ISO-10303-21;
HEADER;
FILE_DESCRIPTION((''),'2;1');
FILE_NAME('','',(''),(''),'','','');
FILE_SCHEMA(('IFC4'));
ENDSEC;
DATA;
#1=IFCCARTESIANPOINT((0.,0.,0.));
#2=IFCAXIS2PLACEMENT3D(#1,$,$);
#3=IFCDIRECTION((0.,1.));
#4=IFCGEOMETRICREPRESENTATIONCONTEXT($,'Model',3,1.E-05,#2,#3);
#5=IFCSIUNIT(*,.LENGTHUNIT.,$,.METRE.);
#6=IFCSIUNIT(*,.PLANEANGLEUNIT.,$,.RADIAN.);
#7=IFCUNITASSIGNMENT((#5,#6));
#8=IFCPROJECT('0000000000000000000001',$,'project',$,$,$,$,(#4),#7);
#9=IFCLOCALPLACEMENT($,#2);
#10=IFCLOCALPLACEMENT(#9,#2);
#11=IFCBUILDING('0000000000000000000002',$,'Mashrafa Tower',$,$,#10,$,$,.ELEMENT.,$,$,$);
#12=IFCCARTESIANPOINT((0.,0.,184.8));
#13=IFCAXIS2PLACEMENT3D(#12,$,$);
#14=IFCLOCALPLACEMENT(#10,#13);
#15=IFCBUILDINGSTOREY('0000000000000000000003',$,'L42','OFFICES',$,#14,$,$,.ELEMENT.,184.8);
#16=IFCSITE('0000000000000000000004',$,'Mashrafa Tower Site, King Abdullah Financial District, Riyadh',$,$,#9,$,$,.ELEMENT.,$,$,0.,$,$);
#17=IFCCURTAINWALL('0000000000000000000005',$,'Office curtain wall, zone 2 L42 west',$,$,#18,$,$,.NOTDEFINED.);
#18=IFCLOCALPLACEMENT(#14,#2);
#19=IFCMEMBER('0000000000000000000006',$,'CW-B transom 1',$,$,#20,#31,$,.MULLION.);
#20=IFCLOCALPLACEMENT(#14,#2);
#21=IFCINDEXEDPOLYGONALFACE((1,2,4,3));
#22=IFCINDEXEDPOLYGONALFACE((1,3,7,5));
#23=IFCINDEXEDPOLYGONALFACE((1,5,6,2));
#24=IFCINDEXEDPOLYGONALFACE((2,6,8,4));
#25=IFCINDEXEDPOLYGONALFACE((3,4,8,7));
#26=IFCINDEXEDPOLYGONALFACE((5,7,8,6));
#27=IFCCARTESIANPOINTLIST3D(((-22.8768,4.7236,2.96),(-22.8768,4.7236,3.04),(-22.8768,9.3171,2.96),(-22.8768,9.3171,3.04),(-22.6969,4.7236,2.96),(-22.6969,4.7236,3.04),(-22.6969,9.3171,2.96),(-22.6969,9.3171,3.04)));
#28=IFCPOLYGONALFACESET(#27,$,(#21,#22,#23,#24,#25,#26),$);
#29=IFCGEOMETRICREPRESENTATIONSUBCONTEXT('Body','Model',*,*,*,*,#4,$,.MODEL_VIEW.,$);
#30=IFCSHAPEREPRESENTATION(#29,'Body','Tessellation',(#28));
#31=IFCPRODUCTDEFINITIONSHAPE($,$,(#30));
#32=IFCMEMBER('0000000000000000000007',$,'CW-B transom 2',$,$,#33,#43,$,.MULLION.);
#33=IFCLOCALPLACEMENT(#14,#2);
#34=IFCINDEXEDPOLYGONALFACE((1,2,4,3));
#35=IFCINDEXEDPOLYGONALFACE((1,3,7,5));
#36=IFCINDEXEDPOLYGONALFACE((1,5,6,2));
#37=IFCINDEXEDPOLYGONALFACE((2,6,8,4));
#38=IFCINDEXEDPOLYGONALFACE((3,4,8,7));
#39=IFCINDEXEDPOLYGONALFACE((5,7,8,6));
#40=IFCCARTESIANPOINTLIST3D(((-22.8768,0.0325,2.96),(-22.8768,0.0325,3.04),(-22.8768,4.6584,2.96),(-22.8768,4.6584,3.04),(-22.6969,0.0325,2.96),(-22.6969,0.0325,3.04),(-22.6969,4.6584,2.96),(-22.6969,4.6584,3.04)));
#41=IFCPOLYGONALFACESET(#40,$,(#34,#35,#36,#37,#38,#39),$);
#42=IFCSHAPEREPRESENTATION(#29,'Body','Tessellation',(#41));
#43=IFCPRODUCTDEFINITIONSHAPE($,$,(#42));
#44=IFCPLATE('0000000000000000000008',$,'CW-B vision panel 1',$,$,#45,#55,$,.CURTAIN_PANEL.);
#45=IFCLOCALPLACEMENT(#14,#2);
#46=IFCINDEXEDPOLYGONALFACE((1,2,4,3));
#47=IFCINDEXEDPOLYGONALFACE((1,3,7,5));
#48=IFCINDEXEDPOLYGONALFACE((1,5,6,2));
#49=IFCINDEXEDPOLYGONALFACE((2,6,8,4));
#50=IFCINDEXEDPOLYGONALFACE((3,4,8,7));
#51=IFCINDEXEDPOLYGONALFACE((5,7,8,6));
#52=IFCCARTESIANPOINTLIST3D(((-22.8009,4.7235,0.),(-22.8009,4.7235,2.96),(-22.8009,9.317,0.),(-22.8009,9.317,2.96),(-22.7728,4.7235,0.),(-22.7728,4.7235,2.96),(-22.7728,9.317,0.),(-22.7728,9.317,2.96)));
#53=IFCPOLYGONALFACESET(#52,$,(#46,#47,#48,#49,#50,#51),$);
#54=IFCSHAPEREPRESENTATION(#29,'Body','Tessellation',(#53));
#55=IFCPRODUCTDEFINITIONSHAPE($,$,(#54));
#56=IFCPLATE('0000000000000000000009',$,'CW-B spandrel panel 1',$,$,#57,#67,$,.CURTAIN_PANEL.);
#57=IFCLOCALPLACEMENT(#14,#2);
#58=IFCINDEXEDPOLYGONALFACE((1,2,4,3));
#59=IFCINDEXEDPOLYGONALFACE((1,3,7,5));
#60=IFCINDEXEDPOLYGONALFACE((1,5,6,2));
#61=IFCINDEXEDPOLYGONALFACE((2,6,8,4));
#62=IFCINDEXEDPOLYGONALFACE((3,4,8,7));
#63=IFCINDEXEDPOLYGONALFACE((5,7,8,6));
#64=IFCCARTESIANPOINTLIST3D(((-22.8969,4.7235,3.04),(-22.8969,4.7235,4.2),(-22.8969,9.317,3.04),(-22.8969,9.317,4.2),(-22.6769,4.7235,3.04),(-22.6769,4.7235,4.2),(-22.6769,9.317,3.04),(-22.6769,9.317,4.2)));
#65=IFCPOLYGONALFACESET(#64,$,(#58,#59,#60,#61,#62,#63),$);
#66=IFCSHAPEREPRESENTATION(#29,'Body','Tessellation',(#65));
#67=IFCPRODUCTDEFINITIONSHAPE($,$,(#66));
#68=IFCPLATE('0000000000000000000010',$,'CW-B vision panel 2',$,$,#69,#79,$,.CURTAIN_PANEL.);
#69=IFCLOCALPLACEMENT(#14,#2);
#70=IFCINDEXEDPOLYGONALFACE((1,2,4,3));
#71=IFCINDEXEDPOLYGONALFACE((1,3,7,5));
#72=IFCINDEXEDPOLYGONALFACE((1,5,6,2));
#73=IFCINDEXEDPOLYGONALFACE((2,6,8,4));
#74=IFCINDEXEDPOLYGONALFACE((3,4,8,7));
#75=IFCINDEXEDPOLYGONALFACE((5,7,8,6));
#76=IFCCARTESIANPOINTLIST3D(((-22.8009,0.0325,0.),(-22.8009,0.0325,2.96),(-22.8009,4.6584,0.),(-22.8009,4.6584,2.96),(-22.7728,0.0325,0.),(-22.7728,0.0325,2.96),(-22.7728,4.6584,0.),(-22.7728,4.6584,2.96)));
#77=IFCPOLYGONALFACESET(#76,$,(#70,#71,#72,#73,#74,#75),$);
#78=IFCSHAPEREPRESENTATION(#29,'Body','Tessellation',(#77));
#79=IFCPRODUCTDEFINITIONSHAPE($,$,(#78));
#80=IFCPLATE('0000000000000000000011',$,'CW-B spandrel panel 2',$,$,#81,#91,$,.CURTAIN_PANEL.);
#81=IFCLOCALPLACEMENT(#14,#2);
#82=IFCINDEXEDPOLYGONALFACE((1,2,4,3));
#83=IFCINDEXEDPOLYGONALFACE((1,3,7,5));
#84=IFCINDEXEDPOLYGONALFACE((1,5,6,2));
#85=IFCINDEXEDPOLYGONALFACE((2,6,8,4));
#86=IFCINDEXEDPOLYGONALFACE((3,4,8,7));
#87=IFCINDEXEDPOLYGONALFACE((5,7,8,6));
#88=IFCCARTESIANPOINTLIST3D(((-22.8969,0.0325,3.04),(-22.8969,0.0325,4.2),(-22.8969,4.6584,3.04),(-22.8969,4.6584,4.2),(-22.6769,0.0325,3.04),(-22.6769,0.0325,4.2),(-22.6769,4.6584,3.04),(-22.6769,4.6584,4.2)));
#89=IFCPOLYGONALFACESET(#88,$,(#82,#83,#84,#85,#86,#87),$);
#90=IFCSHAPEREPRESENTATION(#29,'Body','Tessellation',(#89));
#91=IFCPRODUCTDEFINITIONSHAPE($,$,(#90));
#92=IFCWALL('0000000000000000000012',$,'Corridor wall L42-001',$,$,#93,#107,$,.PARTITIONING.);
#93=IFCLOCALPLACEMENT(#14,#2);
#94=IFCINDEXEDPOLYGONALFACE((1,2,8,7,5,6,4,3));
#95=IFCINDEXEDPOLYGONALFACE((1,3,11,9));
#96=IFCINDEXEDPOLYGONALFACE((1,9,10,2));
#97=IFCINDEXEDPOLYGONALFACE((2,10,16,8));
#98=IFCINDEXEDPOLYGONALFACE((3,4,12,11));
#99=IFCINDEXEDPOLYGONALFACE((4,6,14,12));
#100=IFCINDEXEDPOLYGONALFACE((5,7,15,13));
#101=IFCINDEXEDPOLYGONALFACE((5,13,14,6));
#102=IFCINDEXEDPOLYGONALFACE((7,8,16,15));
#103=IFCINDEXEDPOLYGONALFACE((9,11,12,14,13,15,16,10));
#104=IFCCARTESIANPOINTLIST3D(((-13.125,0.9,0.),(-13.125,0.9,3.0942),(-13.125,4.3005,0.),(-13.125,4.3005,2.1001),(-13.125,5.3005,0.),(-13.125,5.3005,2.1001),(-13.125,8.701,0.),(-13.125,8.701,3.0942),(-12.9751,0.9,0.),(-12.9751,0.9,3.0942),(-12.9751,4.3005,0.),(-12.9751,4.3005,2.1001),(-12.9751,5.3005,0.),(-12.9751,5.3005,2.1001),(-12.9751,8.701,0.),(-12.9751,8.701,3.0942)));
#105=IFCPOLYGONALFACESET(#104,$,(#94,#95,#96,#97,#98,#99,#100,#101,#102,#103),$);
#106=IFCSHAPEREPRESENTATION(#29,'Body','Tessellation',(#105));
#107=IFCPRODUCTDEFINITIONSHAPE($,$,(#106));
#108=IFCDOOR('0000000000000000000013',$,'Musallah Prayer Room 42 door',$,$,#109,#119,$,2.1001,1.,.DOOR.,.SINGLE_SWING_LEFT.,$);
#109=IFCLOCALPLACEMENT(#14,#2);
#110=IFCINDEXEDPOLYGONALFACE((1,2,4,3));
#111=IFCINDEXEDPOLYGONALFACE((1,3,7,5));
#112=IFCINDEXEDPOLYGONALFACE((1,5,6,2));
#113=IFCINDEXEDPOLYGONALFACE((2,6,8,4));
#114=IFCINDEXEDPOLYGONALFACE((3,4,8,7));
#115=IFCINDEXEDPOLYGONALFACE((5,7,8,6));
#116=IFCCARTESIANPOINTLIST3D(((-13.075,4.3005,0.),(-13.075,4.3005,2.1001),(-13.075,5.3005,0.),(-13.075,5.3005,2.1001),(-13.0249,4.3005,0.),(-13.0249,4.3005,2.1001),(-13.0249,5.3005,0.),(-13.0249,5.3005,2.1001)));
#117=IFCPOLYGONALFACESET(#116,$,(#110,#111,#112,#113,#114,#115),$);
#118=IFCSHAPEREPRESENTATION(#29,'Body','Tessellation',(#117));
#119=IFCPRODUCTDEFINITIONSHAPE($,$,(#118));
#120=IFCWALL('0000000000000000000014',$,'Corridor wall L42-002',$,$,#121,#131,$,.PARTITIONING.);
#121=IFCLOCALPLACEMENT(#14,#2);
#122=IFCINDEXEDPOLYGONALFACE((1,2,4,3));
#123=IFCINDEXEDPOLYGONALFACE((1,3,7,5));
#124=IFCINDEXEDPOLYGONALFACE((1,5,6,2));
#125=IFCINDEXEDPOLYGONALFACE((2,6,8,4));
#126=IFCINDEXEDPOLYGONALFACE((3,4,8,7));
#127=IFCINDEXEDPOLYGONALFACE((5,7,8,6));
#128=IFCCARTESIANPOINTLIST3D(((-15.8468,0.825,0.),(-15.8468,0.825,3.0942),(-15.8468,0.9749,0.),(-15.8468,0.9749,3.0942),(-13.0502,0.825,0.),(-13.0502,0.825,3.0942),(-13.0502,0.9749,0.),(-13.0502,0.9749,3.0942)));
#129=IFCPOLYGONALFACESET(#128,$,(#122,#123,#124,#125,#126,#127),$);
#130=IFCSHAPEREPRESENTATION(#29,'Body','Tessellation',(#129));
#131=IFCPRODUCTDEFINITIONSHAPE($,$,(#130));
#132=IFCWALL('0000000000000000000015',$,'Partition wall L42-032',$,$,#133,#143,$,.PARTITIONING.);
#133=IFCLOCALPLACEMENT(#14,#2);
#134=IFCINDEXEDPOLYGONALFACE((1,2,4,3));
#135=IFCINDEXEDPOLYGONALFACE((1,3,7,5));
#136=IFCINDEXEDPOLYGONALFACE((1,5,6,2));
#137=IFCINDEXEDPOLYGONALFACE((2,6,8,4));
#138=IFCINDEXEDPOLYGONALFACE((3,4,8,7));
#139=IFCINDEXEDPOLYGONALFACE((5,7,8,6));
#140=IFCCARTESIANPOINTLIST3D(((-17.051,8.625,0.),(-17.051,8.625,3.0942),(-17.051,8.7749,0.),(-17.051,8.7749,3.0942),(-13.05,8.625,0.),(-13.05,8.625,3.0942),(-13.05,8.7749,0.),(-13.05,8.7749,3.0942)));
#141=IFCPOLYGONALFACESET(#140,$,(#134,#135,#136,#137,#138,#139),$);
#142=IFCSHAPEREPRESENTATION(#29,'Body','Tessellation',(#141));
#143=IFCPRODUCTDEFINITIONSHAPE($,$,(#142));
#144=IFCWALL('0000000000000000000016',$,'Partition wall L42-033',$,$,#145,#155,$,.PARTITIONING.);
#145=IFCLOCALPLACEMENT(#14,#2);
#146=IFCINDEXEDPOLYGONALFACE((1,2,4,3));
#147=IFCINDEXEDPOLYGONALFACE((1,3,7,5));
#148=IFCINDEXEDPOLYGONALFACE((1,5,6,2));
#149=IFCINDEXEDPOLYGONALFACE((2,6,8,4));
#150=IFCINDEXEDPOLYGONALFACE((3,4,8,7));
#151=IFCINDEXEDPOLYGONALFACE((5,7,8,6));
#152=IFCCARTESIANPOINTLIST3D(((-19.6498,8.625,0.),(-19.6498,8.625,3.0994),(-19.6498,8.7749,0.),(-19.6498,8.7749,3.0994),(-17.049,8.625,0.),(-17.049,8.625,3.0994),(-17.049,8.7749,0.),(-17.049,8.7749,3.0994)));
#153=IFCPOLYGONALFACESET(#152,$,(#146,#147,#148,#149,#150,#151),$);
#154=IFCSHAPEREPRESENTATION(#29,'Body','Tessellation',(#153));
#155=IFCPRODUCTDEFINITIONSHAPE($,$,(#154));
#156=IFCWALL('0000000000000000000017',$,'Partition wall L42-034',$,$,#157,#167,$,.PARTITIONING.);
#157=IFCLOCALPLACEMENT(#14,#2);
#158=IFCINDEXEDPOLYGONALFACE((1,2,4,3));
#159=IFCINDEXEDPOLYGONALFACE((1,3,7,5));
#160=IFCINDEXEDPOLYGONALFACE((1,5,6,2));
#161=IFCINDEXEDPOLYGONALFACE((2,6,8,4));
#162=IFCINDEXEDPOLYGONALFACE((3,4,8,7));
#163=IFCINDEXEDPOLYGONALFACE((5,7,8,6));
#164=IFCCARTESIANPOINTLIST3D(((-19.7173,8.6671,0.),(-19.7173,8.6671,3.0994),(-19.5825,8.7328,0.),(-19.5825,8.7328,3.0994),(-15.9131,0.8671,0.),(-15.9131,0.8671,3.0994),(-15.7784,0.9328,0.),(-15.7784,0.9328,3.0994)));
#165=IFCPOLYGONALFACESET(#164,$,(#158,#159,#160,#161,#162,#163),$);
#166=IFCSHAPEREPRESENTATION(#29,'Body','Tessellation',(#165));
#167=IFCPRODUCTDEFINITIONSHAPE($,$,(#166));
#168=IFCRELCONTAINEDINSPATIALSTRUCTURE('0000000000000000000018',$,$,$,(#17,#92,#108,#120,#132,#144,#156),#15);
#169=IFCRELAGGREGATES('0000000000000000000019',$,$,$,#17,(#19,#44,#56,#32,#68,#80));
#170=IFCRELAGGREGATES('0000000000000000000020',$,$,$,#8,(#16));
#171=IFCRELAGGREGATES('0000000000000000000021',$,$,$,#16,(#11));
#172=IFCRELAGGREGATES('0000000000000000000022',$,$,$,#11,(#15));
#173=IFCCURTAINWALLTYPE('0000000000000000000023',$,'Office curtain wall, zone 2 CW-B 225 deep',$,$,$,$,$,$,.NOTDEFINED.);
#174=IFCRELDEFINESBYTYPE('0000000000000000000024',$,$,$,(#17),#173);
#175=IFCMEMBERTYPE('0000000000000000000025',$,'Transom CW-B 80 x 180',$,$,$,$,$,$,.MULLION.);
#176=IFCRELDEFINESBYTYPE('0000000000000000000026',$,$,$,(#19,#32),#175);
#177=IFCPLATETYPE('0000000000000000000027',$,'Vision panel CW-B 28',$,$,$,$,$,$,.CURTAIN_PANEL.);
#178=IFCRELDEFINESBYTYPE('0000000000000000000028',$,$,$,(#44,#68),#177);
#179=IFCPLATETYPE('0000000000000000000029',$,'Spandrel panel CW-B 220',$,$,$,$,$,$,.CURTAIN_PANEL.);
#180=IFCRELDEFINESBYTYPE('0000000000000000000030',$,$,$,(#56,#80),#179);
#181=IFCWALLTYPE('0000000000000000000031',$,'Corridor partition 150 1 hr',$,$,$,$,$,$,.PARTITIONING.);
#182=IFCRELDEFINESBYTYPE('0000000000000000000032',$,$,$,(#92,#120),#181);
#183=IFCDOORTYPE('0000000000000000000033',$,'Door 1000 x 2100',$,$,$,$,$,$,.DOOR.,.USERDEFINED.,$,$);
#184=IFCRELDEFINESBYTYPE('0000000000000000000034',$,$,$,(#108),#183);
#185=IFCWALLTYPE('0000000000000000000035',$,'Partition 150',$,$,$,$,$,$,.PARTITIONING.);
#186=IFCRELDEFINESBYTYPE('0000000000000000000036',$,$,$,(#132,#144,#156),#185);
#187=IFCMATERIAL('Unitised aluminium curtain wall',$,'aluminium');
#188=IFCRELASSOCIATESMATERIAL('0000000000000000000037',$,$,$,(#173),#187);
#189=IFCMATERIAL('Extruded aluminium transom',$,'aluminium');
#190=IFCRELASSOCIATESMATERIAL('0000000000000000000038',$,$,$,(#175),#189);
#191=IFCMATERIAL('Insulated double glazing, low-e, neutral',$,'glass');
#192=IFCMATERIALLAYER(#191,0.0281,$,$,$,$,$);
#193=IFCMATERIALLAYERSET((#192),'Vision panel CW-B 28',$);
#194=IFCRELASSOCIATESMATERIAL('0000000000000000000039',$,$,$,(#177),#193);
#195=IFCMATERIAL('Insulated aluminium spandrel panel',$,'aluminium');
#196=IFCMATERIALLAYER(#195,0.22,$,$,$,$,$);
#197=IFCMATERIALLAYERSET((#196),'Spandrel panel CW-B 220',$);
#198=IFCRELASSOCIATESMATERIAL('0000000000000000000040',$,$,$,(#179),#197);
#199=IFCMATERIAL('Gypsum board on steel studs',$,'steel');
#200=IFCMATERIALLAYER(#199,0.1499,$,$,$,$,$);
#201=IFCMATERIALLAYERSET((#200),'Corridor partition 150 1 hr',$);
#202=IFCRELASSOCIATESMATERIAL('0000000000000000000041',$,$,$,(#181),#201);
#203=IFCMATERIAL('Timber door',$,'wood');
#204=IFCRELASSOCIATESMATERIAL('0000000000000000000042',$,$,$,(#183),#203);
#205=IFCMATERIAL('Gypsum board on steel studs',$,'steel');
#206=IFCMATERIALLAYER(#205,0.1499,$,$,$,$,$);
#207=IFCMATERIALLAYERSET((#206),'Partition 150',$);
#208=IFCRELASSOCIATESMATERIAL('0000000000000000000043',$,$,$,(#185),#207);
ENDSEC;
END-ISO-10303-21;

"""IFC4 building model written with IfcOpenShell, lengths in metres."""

from ifc_helpers import new_model, si_unit, direction, frame, frame_2d, origin, origin_2d, place, context, subcontext, project, spatial, rectangle, extrude, source, transform, mapped, material, layer, layer_set, material_profile, profile_set, type_object, type_shapes, element, fill, aggregate, save


model = new_model("IFC4")

# Units and contexts
model_context = context("Model", 3, precision=1e-05, world=origin(), true_north=direction((0.0, 1.0)))
body_context = subcontext(model_context, "Body", "Model", "MODEL_VIEW")
ifc_project = project(units=[si_unit("LENGTHUNIT", "METRE"), si_unit("PLANEANGLEUNIT", "RADIAN")], contexts=[model_context])

# Site, building, storey
site_placement = place(None, origin())
site = spatial("IfcSite", under=ifc_project, at=site_placement, Name="Mashrafa Tower Site, King Abdullah Financial District, Riyadh", CompositionType="ELEMENT", RefElevation=0.0)
building_placement = place(site_placement, origin())
building = spatial("IfcBuilding", under=site, at=building_placement, Name="Mashrafa Tower", CompositionType="ELEMENT")
storey_placement = place(building_placement, frame((0.0, 0.0, 184.8)))
storey = spatial("IfcBuildingStorey", under=building, at=storey_placement, Name="L42", Description="OFFICES", CompositionType="ELEMENT", Elevation=184.8)

# Shared definitions
ifc_material_1 = material(Name="Unitised aluminium curtain wall", Category="aluminium")
curtain_wall_type = type_object("IfcCurtainWallType", Name="Office curtain wall, zone 2 CW-B 225 deep", PredefinedType="NOTDEFINED", material=ifc_material_1)

# Curtain wall, members, plates
curtain_wall_1_placement = place(storey_placement, origin())
curtain_wall_1 = element("IfcCurtainWall", 1, at=curtain_wall_1_placement, inside=storey, type_object=curtain_wall_type, Name="Office curtain wall, zone 2 L42 west", PredefinedType="NOTDEFINED")
ifc_material_2 = material(Name="Extruded aluminium transom", Category="aluminium")
ifc_material_profile_1 = material_profile(ifc_material_2, rectangle(XDim=0.1799, YDim=0.0801, at=origin_2d()), Name="Transom 80x180")
ifc_profile_set_1 = profile_set([ifc_material_profile_1], Name="Extruded aluminium transom")
member_type_1 = type_object("IfcMemberType", Name="Transom CW-B 80 x 180", PredefinedType="MULLION", material=ifc_profile_set_1)
shared_shape_1 = source(origin(), body_context, "Body", "SweptSolid", [
    extrude(rectangle(XDim=0.1799, YDim=0.0801, at=origin_2d()), origin(), (0.0, 0.0, 1.0), 4.5935),
])
member_1_placement = place(storey_placement, frame((-22.7869, 9.3171, 3.0), z_axis=(0.0, -1.0, 0.0), x_axis=(1.0, 0.0, 0.0)))
member_1 = element("IfcMember", 2, at=member_1_placement, type_object=member_type_1, Name="CW-B transom 1", PredefinedType="MULLION", context=body_context, shape_type="MappedRepresentation", body=[
    mapped(shared_shape_1, transform((0.0, 0.0, 0.0))),
])
shared_shape_2 = source(origin(), body_context, "Body", "SweptSolid", [
    extrude(rectangle(XDim=0.1799, YDim=0.0801, at=origin_2d()), origin(), (0.0, 0.0, 1.0), 4.626),
])
type_shapes(member_type_1, [shared_shape_1, shared_shape_2])
member_2_placement = place(storey_placement, frame((-22.7869, 4.6584, 3.0), z_axis=(0.0, -1.0, 0.0), x_axis=(1.0, 0.0, 0.0)))
member_2 = element("IfcMember", 3, at=member_2_placement, type_object=member_type_1, Name="CW-B transom 2", PredefinedType="MULLION", context=body_context, shape_type="MappedRepresentation", body=[
    mapped(shared_shape_2, transform((0.0, 0.0, 0.0))),
])
ifc_material_3 = material(Name="Insulated double glazing, low-e, neutral", Category="glass")
ifc_layer_1 = layer(ifc_material_3, 0.0281)
ifc_layer_set_1 = layer_set([ifc_layer_1], Name="Vision panel CW-B 28")
plate_type_1 = type_object("IfcPlateType", Name="Vision panel CW-B 28", PredefinedType="CURTAIN_PANEL", material=ifc_layer_set_1)
shared_shape_3 = source(origin(), body_context, "Body", "SweptSolid", [
    extrude(rectangle(XDim=4.5935, YDim=0.0281, at=origin_2d()), origin(), (0.0, 0.0, 1.0), 2.96),
])
plate_1_placement = place(storey_placement, frame((-22.7869, 7.0203, 0.0), z_axis=(0.0, 0.0, 1.0), x_axis=(0.0, -1.0, 0.0)))
plate_1 = element("IfcPlate", 4, at=plate_1_placement, type_object=plate_type_1, Name="CW-B vision panel 1", PredefinedType="CURTAIN_PANEL", context=body_context, shape_type="MappedRepresentation", body=[
    mapped(shared_shape_3, transform((0.0, 0.0, 0.0))),
])
ifc_material_4 = material(Name="Insulated aluminium spandrel panel", Category="aluminium")
ifc_layer_2 = layer(ifc_material_4, 0.22)
ifc_layer_set_2 = layer_set([ifc_layer_2], Name="Spandrel panel CW-B 220")
plate_type_2 = type_object("IfcPlateType", Name="Spandrel panel CW-B 220", PredefinedType="CURTAIN_PANEL", material=ifc_layer_set_2)
shared_shape_4 = source(origin(), body_context, "Body", "SweptSolid", [
    extrude(rectangle(XDim=4.5935, YDim=0.22, at=origin_2d()), origin(), (0.0, 0.0, 1.0), 1.1599),
])
plate_2_placement = place(storey_placement, frame((-22.7869, 7.0203, 3.04), z_axis=(0.0, 0.0, 1.0), x_axis=(0.0, -1.0, 0.0)))
plate_2 = element("IfcPlate", 5, at=plate_2_placement, type_object=plate_type_2, Name="CW-B spandrel panel 1", PredefinedType="CURTAIN_PANEL", context=body_context, shape_type="MappedRepresentation", body=[
    mapped(shared_shape_4, transform((0.0, 0.0, 0.0))),
])
shared_shape_5 = source(origin(), body_context, "Body", "SweptSolid", [
    extrude(rectangle(XDim=4.626, YDim=0.0281, at=origin_2d()), origin(), (0.0, 0.0, 1.0), 2.96),
])
type_shapes(plate_type_1, [shared_shape_3, shared_shape_5])
plate_3_placement = place(storey_placement, frame((-22.7869, 2.3455, 0.0), z_axis=(0.0, 0.0, 1.0), x_axis=(0.0, -1.0, 0.0)))
plate_3 = element("IfcPlate", 6, at=plate_3_placement, type_object=plate_type_1, Name="CW-B vision panel 2", PredefinedType="CURTAIN_PANEL", context=body_context, shape_type="MappedRepresentation", body=[
    mapped(shared_shape_5, transform((0.0, 0.0, 0.0))),
])
shared_shape_6 = source(origin(), body_context, "Body", "SweptSolid", [
    extrude(rectangle(XDim=4.626, YDim=0.22, at=origin_2d()), origin(), (0.0, 0.0, 1.0), 1.1599),
])
type_shapes(plate_type_2, [shared_shape_4, shared_shape_6])
plate_4_placement = place(storey_placement, frame((-22.7869, 2.3455, 3.04), z_axis=(0.0, 0.0, 1.0), x_axis=(0.0, -1.0, 0.0)))
plate_4 = element("IfcPlate", 7, at=plate_4_placement, type_object=plate_type_2, Name="CW-B spandrel panel 2", PredefinedType="CURTAIN_PANEL", context=body_context, shape_type="MappedRepresentation", body=[
    mapped(shared_shape_6, transform((0.0, 0.0, 0.0))),
])
aggregate(curtain_wall_1, [member_1, plate_1, plate_2, member_2, plate_3, plate_4])

# Wall, opening, door
ifc_material_5 = material(Name="Gypsum board on steel studs", Category="steel")
ifc_layer_3 = layer(ifc_material_5, 0.1499)
ifc_layer_set_3 = layer_set([ifc_layer_3], Name="Corridor partition 150 1 hr")
wall_type_1 = type_object("IfcWallType", Name="Corridor partition 150 1 hr", PredefinedType="PARTITIONING", material=ifc_layer_set_3)
wall_1_placement = place(storey_placement, frame((-13.05, 8.7009, 0.0), z_axis=(0.0, 0.0, 1.0), x_axis=(0.0, -1.0, 0.0)))
wall_1 = element("IfcWall", 8, at=wall_1_placement, inside=storey, type_object=wall_type_1, Name="Corridor wall L42-001", PredefinedType="PARTITIONING", context=body_context, shape_type="SweptSolid", body=[
    extrude(rectangle(XDim=7.801, YDim=0.1499, at=frame_2d((3.9004, 0.0))), origin(), (0.0, 0.0, 1.0), 3.0942),
])
opening_1_placement = place(wall_1_placement, frame((3.4004, 0.0, 0.0)))
opening_1 = element("IfcOpeningElement", 9, at=opening_1_placement, cuts=wall_1, PredefinedType="OPENING", context=body_context, shape_type="SweptSolid", body=[
    extrude(rectangle(XDim=1.0, YDim=2.1001, at=frame_2d((0.5, 1.05))), frame((0.0, 0.085, 0.0), z_axis=(0.0, -1.0, 0.0), x_axis=(1.0, 0.0, 0.0)), (0.0, 0.0, 1.0), 0.1699),
])
ifc_material_6 = material(Name="Timber door", Category="wood")
door_type_1 = type_object("IfcDoorType", Name="Door 1000 x 2100", OperationType="USERDEFINED", PredefinedType="DOOR", material=ifc_material_6)
door_1_placement = place(opening_1_placement, frame((1.0, 0.0, 0.0), z_axis=(0.0, 0.0, 1.0), x_axis=(-1.0, 0.0, 0.0)))
door_1 = element("IfcDoor", 10, at=door_1_placement, inside=storey, type_object=door_type_1, Name="Musallah Prayer Room 42 door", OperationType="SINGLE_SWING_LEFT", OverallHeight=2.1001, OverallWidth=1.0, PredefinedType="DOOR", context=body_context, shape_type="SweptSolid", body=[
    extrude(rectangle(XDim=1.0, YDim=2.1001, at=frame_2d((0.5, 1.05))), frame((0.0, 0.0249, 0.0), z_axis=(0.0, -1.0, 0.0), x_axis=(1.0, 0.0, 0.0)), (0.0, 0.0, 1.0), 0.05),
])
fill(opening_1, door_1)

# Wall
wall_2_placement = place(storey_placement, frame((-13.05, 0.8999, 0.0), z_axis=(0.0, 0.0, 1.0), x_axis=(-1.0, 0.0, 0.0)))
element("IfcWall", 11, at=wall_2_placement, inside=storey, type_object=wall_type_1, Name="Corridor wall L42-002", PredefinedType="PARTITIONING", context=body_context, shape_type="SweptSolid", body=[
    extrude(rectangle(XDim=2.7966, YDim=0.1499, at=frame_2d((1.3984, 0.0))), origin(), (0.0, 0.0, 1.0), 3.0942),
])

# Walls
ifc_material_7 = material(Name="Gypsum board on steel studs", Category="steel")
ifc_layer_4 = layer(ifc_material_7, 0.1499)
ifc_layer_set_4 = layer_set([ifc_layer_4], Name="Partition 150")
wall_type_2 = type_object("IfcWallType", Name="Partition 150", PredefinedType="PARTITIONING", material=ifc_layer_set_4)
wall_3_placement = place(storey_placement, frame((-13.05, 8.7, 0.0), z_axis=(0.0, 0.0, 1.0), x_axis=(-1.0, 0.0, 0.0)))
element("IfcWall", 12, at=wall_3_placement, inside=storey, type_object=wall_type_2, Name="Partition wall L42-032", PredefinedType="PARTITIONING", context=body_context, shape_type="SweptSolid", body=[
    extrude(rectangle(XDim=4.001, YDim=0.1499, at=frame_2d((2.0005, 0.0))), origin(), (0.0, 0.0, 1.0), 3.0942),
])
wall_4_placement = place(storey_placement, frame((-17.0491, 8.7, 0.0), z_axis=(0.0, 0.0, 1.0), x_axis=(-1.0, 0.0, 0.0)))
element("IfcWall", 13, at=wall_4_placement, inside=storey, type_object=wall_type_2, Name="Partition wall L42-033", PredefinedType="PARTITIONING", context=body_context, shape_type="SweptSolid", body=[
    extrude(rectangle(XDim=2.6008, YDim=0.1499, at=frame_2d((1.3003, 0.0))), origin(), (0.0, 0.0, 1.0), 3.0994),
])
wall_5_placement = place(storey_placement, frame((-19.6499, 8.7, 0.0), z_axis=(0.0, 0.0, 1.0), x_axis=(0.438358, -0.8988, 0.0)))
element("IfcWall", 14, at=wall_5_placement, inside=storey, type_object=wall_type_2, Name="Partition wall L42-034", PredefinedType="PARTITIONING", context=body_context, shape_type="SweptSolid", body=[
    extrude(rectangle(XDim=8.6782, YDim=0.1499, at=frame_2d((4.3391, 0.0))), origin(), (0.0, 0.0, 1.0), 3.0994),
])

save(model, "model.ifc")
